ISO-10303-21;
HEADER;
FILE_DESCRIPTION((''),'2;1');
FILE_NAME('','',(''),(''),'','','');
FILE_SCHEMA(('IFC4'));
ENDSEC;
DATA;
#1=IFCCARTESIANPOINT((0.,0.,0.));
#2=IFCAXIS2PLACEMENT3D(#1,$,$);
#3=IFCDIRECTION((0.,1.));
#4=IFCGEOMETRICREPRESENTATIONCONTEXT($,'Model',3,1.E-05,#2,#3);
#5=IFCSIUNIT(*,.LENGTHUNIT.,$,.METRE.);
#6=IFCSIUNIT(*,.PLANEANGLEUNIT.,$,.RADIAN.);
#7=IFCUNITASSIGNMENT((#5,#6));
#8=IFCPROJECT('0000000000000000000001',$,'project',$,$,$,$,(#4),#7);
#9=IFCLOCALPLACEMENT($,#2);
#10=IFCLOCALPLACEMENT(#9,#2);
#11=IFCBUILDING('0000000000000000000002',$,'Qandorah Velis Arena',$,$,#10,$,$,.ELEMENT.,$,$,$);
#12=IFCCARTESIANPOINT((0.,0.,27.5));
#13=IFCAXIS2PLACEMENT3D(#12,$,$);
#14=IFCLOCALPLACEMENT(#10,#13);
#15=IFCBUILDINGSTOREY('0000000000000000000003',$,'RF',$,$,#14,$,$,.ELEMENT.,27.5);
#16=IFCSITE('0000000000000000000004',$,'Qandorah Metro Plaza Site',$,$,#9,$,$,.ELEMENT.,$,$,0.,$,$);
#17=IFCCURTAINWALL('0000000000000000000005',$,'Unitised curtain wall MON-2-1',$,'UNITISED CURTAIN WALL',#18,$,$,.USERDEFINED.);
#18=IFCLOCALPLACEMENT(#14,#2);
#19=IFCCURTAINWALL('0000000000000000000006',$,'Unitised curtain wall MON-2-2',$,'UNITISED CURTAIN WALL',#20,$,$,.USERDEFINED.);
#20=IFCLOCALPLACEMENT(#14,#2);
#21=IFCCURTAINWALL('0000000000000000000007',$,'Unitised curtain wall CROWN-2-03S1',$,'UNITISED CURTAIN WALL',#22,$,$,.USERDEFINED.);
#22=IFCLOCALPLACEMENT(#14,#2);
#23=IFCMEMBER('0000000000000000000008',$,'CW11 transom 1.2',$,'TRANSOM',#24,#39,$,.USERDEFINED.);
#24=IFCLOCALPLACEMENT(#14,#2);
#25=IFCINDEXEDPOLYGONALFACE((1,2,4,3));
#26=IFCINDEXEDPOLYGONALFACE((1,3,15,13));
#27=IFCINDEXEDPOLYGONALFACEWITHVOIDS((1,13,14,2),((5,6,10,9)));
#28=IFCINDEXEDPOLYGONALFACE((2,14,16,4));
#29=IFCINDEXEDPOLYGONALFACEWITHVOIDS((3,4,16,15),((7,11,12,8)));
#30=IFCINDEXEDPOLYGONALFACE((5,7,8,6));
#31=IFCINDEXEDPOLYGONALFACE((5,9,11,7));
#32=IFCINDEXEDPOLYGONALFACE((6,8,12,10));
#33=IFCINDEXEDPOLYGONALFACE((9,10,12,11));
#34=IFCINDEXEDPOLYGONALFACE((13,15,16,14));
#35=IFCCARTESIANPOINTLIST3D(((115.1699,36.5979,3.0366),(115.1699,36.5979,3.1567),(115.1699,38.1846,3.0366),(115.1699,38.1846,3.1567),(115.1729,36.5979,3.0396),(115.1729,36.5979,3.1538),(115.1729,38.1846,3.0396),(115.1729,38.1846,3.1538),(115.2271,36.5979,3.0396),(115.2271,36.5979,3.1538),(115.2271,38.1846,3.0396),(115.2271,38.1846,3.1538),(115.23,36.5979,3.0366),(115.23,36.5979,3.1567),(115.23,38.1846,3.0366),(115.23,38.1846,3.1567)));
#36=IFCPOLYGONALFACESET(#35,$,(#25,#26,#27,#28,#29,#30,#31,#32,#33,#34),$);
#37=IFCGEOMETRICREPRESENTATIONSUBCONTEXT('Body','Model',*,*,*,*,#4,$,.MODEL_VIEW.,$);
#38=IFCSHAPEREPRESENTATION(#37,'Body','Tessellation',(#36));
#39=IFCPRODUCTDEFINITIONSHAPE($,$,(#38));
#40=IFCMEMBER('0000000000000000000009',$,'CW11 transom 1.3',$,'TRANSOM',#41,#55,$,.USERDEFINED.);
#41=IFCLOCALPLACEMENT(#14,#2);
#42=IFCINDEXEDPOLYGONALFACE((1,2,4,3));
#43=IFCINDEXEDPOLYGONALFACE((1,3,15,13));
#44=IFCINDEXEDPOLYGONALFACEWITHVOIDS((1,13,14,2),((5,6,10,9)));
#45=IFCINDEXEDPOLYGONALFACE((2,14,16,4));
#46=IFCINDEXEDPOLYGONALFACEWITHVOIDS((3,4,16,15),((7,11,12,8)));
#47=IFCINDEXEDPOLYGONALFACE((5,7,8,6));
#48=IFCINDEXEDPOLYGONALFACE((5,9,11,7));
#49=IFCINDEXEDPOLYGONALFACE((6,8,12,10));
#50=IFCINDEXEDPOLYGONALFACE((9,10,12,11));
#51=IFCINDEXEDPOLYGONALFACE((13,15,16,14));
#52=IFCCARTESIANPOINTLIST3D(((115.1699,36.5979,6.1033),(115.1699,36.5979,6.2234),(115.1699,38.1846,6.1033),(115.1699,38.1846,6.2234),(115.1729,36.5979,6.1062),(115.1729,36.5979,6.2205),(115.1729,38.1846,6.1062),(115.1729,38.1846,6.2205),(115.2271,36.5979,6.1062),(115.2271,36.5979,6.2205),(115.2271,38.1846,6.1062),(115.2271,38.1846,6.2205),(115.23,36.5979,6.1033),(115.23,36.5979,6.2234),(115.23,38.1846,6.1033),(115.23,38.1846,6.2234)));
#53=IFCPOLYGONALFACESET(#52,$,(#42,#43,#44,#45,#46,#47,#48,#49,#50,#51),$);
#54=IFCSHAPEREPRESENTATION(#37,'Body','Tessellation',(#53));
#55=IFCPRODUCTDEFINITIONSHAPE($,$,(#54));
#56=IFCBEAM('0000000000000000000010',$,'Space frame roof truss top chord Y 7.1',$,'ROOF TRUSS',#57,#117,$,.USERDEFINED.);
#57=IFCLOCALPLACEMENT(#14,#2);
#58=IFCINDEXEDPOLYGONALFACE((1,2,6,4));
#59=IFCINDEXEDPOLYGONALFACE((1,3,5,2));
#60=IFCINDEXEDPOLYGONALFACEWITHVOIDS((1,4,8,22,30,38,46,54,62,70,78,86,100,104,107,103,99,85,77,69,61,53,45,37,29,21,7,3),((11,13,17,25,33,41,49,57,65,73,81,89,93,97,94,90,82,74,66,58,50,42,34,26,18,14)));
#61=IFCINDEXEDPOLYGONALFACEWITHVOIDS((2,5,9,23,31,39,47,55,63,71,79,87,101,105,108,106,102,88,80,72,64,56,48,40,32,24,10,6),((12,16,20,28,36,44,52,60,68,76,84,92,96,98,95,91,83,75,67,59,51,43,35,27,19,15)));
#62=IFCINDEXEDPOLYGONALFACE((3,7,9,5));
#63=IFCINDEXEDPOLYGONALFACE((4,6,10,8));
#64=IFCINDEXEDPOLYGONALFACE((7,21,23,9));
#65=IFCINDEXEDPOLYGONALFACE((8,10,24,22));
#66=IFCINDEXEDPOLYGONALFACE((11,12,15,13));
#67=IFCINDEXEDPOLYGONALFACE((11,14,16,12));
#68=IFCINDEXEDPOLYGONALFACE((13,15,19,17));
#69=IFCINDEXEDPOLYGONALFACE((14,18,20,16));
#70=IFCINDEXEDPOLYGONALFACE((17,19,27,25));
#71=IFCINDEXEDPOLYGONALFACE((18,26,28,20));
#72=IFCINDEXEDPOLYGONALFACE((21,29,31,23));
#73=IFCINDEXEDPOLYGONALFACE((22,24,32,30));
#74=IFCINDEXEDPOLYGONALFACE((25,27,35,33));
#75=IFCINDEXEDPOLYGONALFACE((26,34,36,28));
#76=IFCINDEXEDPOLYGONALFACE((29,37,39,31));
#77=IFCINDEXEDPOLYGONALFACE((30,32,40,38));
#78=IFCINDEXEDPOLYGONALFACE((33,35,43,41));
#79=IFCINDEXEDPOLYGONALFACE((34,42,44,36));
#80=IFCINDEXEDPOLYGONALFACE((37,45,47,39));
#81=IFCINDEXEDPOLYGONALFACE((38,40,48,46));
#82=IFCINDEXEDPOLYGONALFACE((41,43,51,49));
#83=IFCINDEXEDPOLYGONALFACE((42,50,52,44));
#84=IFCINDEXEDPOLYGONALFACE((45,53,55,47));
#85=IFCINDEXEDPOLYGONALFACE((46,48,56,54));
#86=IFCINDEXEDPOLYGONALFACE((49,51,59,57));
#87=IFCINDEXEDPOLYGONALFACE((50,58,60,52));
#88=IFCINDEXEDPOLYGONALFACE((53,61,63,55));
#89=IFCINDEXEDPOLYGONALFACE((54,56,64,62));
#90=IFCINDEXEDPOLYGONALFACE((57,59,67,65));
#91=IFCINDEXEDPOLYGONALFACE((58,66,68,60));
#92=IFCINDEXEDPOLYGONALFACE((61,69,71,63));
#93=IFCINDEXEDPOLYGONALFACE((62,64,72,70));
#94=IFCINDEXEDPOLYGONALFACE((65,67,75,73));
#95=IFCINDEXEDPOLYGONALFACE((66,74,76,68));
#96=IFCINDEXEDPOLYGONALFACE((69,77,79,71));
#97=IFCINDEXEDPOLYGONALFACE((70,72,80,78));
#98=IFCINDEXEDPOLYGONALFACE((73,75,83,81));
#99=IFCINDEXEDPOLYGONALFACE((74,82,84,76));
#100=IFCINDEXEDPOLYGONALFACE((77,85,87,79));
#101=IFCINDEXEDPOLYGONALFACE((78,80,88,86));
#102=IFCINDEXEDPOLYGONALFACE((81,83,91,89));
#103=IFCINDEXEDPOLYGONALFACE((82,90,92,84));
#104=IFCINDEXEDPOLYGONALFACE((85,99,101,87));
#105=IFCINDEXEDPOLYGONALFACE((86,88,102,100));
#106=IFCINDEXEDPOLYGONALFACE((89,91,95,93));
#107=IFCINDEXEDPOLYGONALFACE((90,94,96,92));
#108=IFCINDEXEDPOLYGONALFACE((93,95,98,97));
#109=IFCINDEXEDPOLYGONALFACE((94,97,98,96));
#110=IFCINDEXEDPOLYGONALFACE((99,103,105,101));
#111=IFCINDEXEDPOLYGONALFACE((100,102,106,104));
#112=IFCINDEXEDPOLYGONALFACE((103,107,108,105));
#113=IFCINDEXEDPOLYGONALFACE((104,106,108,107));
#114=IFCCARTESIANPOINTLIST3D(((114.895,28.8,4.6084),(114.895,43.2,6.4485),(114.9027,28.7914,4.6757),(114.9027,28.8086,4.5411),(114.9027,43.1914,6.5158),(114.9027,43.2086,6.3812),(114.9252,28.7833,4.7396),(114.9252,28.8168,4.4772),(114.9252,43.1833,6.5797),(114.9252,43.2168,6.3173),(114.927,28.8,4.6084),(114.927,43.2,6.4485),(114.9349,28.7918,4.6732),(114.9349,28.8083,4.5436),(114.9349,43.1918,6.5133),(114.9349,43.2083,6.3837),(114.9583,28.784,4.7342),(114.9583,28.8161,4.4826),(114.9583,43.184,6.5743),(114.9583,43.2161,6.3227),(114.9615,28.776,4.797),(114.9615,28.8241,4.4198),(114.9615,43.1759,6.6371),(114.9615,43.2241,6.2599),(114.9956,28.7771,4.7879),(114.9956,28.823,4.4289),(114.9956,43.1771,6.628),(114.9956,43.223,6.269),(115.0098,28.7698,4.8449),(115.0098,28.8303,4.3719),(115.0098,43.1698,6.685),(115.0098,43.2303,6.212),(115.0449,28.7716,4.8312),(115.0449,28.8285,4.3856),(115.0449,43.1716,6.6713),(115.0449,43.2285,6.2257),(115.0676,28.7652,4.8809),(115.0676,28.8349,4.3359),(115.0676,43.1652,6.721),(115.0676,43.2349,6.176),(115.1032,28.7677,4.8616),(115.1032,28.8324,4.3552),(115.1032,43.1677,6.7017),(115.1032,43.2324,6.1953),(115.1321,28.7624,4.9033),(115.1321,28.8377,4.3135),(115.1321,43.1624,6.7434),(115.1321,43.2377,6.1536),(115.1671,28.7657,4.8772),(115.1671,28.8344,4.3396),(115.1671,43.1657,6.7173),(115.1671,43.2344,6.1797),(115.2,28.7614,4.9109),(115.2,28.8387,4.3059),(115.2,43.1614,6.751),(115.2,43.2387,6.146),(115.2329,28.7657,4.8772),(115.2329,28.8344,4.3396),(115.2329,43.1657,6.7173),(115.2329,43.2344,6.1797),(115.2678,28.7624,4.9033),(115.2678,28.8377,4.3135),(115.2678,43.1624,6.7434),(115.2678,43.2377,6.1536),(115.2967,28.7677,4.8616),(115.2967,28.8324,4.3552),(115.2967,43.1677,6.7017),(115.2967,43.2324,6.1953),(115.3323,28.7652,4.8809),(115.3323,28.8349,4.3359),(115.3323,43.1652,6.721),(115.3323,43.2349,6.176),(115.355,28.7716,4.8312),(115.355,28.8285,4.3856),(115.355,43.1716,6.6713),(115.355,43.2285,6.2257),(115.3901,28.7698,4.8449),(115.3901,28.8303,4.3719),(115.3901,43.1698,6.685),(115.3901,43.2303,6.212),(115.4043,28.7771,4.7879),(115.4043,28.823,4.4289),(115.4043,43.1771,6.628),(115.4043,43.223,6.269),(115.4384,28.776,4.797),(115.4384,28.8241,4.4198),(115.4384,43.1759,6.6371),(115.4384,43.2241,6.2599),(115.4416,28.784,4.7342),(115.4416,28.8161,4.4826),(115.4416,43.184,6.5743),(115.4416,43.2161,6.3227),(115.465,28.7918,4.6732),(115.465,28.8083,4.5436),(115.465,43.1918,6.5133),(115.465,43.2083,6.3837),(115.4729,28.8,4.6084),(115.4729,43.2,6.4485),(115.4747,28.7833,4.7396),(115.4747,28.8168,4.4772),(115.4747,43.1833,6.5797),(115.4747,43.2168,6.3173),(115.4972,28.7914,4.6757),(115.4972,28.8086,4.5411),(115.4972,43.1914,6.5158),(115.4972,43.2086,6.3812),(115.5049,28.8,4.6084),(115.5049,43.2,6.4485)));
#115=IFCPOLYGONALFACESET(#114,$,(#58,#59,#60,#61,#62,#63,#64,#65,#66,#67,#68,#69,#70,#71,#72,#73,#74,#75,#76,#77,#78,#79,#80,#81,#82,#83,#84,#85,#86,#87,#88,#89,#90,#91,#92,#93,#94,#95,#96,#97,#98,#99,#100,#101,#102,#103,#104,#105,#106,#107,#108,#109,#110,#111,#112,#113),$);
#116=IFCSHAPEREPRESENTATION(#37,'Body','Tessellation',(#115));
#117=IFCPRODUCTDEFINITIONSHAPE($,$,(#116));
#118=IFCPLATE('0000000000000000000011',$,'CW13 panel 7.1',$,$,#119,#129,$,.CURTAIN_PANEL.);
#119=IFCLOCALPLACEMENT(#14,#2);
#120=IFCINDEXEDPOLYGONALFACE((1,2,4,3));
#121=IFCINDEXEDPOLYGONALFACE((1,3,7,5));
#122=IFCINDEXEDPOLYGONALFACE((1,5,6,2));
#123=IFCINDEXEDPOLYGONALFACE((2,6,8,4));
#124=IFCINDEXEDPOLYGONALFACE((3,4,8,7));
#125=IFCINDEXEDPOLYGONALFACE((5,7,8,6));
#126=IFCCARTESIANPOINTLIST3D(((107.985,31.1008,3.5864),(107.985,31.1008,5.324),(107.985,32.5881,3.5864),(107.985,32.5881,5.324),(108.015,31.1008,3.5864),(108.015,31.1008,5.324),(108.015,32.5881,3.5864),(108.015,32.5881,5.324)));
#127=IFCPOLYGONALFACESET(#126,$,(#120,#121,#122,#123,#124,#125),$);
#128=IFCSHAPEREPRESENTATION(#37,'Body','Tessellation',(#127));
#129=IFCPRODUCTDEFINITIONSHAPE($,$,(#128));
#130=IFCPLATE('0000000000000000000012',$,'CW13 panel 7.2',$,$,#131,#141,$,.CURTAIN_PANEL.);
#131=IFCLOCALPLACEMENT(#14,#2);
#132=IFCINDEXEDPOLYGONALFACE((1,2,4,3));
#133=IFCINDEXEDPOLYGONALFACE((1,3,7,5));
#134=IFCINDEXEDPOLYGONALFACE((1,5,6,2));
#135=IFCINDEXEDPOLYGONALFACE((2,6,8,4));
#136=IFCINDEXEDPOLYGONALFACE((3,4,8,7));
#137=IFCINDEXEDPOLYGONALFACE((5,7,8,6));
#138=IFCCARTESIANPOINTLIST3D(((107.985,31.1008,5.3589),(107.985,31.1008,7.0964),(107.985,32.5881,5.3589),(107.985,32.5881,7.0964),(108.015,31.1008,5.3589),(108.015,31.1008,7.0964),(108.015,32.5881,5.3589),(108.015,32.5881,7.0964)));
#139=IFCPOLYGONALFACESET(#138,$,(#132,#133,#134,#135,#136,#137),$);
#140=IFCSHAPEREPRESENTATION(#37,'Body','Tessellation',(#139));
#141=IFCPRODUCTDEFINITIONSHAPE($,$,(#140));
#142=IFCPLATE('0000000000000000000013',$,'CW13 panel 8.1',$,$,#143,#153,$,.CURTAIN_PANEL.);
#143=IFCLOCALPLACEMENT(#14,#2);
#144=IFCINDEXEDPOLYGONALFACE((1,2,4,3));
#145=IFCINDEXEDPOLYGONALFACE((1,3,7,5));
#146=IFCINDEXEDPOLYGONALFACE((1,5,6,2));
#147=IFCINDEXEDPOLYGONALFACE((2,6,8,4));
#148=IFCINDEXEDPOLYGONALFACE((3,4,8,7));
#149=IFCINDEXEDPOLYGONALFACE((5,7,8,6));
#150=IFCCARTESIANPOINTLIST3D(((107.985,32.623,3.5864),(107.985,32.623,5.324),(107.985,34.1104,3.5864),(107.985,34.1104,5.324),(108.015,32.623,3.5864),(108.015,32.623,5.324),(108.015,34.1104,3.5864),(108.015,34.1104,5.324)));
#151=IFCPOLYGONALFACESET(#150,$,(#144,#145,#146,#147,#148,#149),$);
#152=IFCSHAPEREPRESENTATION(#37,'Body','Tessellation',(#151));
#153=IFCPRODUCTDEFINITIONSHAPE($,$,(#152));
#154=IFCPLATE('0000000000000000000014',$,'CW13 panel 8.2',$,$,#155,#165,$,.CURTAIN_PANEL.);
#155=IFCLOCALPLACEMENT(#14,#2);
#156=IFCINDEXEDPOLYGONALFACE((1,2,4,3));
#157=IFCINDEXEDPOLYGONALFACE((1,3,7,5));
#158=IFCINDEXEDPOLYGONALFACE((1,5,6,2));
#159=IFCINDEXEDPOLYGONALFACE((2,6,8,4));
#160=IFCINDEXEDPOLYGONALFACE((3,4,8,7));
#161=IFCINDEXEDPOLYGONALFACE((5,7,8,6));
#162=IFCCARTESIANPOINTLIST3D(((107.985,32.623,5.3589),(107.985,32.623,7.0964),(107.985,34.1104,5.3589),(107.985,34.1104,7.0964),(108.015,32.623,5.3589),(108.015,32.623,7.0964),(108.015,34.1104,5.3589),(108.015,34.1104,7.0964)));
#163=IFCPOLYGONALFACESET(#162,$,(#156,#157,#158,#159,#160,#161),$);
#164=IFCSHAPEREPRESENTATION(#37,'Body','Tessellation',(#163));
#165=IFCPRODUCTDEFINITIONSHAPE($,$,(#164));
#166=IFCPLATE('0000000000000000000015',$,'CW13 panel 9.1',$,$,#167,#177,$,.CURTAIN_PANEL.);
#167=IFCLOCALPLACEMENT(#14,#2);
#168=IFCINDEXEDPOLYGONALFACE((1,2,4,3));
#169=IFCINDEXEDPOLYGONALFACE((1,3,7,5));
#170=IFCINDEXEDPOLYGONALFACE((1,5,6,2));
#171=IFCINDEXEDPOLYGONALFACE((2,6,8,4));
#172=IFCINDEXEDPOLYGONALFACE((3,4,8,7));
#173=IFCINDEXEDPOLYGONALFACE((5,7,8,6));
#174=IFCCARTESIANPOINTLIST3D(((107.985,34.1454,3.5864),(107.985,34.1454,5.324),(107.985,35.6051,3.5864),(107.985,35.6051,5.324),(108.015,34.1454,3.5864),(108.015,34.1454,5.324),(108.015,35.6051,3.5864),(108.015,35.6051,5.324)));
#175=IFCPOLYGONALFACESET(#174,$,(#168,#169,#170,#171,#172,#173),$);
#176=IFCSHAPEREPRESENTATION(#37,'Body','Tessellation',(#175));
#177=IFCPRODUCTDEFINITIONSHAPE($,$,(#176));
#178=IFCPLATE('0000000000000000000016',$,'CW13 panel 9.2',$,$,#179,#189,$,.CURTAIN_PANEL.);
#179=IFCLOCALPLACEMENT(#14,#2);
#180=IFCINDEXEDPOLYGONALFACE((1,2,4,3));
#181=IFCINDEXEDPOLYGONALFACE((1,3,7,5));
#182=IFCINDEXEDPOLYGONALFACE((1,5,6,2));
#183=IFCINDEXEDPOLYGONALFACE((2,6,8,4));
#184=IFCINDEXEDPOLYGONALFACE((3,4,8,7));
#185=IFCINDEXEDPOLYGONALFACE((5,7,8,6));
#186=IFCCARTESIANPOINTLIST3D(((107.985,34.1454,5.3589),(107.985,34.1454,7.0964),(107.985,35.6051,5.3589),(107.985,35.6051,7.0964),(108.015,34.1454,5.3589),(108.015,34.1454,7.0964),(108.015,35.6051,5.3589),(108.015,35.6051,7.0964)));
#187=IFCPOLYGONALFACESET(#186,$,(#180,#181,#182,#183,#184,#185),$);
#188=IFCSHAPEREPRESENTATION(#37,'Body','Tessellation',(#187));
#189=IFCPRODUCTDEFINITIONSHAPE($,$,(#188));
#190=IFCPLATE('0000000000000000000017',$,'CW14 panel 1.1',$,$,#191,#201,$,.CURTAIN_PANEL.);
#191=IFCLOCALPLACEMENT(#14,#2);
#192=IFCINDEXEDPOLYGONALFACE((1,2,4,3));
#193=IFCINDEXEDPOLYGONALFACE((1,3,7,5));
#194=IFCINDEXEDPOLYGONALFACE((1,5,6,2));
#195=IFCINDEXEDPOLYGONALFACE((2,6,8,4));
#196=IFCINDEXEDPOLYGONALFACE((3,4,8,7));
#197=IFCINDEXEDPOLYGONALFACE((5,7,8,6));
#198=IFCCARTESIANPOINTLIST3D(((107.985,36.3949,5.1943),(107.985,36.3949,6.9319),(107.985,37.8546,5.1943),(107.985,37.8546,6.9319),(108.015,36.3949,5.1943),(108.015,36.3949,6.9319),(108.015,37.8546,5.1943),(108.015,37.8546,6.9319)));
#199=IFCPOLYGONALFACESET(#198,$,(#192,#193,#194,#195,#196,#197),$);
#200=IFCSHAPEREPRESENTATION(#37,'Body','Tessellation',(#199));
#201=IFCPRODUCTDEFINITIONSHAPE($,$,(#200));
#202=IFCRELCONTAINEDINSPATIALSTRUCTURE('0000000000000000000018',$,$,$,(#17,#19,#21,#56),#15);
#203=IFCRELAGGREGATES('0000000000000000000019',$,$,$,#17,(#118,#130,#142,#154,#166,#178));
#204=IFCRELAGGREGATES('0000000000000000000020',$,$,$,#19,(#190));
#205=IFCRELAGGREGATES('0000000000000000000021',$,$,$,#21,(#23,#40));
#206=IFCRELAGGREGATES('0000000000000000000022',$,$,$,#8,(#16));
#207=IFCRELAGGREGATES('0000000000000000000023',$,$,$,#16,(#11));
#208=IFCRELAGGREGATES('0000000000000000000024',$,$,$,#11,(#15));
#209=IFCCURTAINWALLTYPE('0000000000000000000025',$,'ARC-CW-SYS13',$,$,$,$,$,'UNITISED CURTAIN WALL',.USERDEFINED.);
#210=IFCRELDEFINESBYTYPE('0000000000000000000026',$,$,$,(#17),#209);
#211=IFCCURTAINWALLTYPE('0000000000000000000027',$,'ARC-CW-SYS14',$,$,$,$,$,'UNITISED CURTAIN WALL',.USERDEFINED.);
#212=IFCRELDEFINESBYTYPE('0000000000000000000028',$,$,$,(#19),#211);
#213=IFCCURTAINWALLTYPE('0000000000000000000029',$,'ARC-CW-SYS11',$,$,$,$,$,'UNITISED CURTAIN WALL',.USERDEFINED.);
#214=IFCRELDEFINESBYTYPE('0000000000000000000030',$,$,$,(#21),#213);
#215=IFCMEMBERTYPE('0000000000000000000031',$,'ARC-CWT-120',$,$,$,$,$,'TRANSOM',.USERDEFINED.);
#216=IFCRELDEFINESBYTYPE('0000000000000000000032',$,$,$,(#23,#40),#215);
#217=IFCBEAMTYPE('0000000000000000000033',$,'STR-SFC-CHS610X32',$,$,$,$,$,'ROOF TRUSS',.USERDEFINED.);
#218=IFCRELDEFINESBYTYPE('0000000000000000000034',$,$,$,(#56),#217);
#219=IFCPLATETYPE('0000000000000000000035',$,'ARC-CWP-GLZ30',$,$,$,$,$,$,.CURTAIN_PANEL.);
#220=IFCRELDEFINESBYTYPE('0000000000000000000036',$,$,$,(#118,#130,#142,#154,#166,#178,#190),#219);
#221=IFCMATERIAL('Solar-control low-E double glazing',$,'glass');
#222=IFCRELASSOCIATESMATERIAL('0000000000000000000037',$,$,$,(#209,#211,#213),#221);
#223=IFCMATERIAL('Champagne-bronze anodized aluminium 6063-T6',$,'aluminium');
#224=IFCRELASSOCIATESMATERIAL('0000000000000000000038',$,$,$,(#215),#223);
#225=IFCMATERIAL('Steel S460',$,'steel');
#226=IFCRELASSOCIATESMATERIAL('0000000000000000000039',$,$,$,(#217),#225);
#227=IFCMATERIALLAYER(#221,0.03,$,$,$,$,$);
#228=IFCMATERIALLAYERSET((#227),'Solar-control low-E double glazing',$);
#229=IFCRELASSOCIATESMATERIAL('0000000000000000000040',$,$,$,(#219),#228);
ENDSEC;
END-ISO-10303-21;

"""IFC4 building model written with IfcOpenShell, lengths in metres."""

from ifc_helpers import new_model, si_unit, direction, frame, origin, origin_2d, place, context, subcontext, project, spatial, rectangle, hollow_rectangle, hollow_circle, extrude, material, layer, layer_set, material_profile, profile_set, type_object, element, aggregate, save


model = new_model("IFC4")

# Units and contexts
model_context = context("Model", 3, precision=1e-05, world=origin(), true_north=direction((0.0, 1.0)))
body_context = subcontext(model_context, "Body", "Model", "MODEL_VIEW")
ifc_project = project(units=[si_unit("LENGTHUNIT", "METRE"), si_unit("PLANEANGLEUNIT", "RADIAN")], contexts=[model_context])

# Site, building, storey
site_placement = place(None, origin())
site = spatial("IfcSite", under=ifc_project, at=site_placement, Name="Qandorah Metro Plaza Site", CompositionType="ELEMENT", RefElevation=0.0)
building_placement = place(site_placement, origin())
building = spatial("IfcBuilding", under=site, at=building_placement, Name="Qandorah Velis Arena", CompositionType="ELEMENT")
storey_placement = place(building_placement, frame((0.0, 0.0, 27.5)))
storey = spatial("IfcBuildingStorey", under=building, at=storey_placement, Name="RF", CompositionType="ELEMENT", Elevation=27.5)

# Curtain walls
ifc_material_1 = material(Name="Solar-control low-E double glazing", Category="glass")
curtain_wall_type_1 = type_object("IfcCurtainWallType", Name="ARC-CW-SYS13", ElementType="UNITISED CURTAIN WALL", PredefinedType="USERDEFINED", material=ifc_material_1)
curtain_wall_1_placement = place(storey_placement, origin())
curtain_wall_1 = element("IfcCurtainWall", 1, at=curtain_wall_1_placement, inside=storey, type_object=curtain_wall_type_1, Name="Unitised curtain wall MON-2-1", ObjectType="UNITISED CURTAIN WALL", PredefinedType="USERDEFINED")
ifc_material_2 = material(Name="Champagne-bronze anodized aluminium 6063-T6", Category="aluminium")
curtain_wall_type_2 = type_object("IfcCurtainWallType", Name="ARC-CW-SYS14", ElementType="UNITISED CURTAIN WALL", PredefinedType="USERDEFINED", material=ifc_material_1)
curtain_wall_2_placement = place(storey_placement, origin())
curtain_wall_2 = element("IfcCurtainWall", 2, at=curtain_wall_2_placement, inside=storey, type_object=curtain_wall_type_2, Name="Unitised curtain wall MON-2-2", ObjectType="UNITISED CURTAIN WALL", PredefinedType="USERDEFINED")

# Curtain wall, members
ifc_material_profile_1 = material_profile(ifc_material_2, hollow_rectangle(XDim=0.0601, YDim=0.1201, WallThickness=0.0029, at=origin_2d()), Name="ALU TRANSOM 60x120")
ifc_profile_set_1 = profile_set([ifc_material_profile_1], Name="Champagne-bronze anodized aluminium 6063-T6")
member_type_1 = type_object("IfcMemberType", Name="ARC-CWT-120", ElementType="TRANSOM", PredefinedType="USERDEFINED", material=ifc_profile_set_1)
curtain_wall_type_3 = type_object("IfcCurtainWallType", Name="ARC-CW-SYS11", ElementType="UNITISED CURTAIN WALL", PredefinedType="USERDEFINED", material=ifc_material_1)
curtain_wall_3_placement = place(storey_placement, origin())
curtain_wall_3 = element("IfcCurtainWall", 3, at=curtain_wall_3_placement, inside=storey, type_object=curtain_wall_type_3, Name="Unitised curtain wall CROWN-2-03S1", ObjectType="UNITISED CURTAIN WALL", PredefinedType="USERDEFINED")
member_1_placement = place(storey_placement, frame((115.2, 36.5979, 3.0967), z_axis=(0.0, 1.0, 0.0), x_axis=(-1.0, 0.0, 0.0)))
member_1 = element("IfcMember", 4, at=member_1_placement, type_object=member_type_1, Name="CW11 transom 1.2", ObjectType="TRANSOM", PredefinedType="USERDEFINED", context=body_context, shape_type="SweptSolid", body=[
    extrude(hollow_rectangle(XDim=0.0601, YDim=0.1201, WallThickness=0.0029, at=origin_2d()), origin(), (0.0, 0.0, 1.0), 1.5867),
])
member_2_placement = place(storey_placement, frame((115.2, 36.5979, 6.1633), z_axis=(0.0, 1.0, 0.0), x_axis=(-1.0, 0.0, 0.0)))
member_2 = element("IfcMember", 5, at=member_2_placement, type_object=member_type_1, Name="CW11 transom 1.3", ObjectType="TRANSOM", PredefinedType="USERDEFINED", context=body_context, shape_type="SweptSolid", body=[
    extrude(hollow_rectangle(XDim=0.0601, YDim=0.1201, WallThickness=0.0029, at=origin_2d()), origin(), (0.0, 0.0, 1.0), 1.5867),
])

# Beam
ifc_material_3 = material(Name="Steel S460", Category="steel")
ifc_material_profile_2 = material_profile(ifc_material_3, hollow_circle(Radius=0.3049, WallThickness=0.032, at=origin_2d()), Name="CHS 610x32")
ifc_profile_set_2 = profile_set([ifc_material_profile_2], Name="Steel S460")
beam_type = type_object("IfcBeamType", Name="STR-SFC-CHS610X32", ElementType="ROOF TRUSS", PredefinedType="USERDEFINED", material=ifc_profile_set_2)
beam_placement = place(storey_placement, frame((115.2, 28.8, 4.6084), z_axis=(0.0, 0.991934, 0.126754), x_axis=(-1.0, 0.0, 0.0)))
element("IfcBeam", 6, at=beam_placement, inside=storey, type_object=beam_type, Name="Space frame roof truss top chord Y 7.1", ObjectType="ROOF TRUSS", PredefinedType="USERDEFINED", context=body_context, shape_type="SweptSolid", body=[
    extrude(hollow_circle(Radius=0.3049, WallThickness=0.032, at=origin_2d()), origin(), (0.0, 0.0, 1.0), 14.5171),
])

# Plates
ifc_layer_1 = layer(ifc_material_1, 0.03)
ifc_layer_set_1 = layer_set([ifc_layer_1], Name="Solar-control low-E double glazing")
plate_type_1 = type_object("IfcPlateType", Name="ARC-CWP-GLZ30", PredefinedType="CURTAIN_PANEL", material=ifc_layer_set_1)
plate_1_placement = place(storey_placement, frame((108.0, 31.8445, 3.5864), z_axis=(0.0, 0.0, 1.0), x_axis=(0.0, 1.0, 0.0)))
plate_1 = element("IfcPlate", 7, at=plate_1_placement, type_object=plate_type_1, Name="CW13 panel 7.1", PredefinedType="CURTAIN_PANEL", context=body_context, shape_type="SweptSolid", body=[
    extrude(rectangle(XDim=1.4873, YDim=0.03, at=origin_2d()), origin(), (0.0, 0.0, 1.0), 1.7375),
])
plate_2_placement = place(storey_placement, frame((108.0, 31.8445, 5.3589), z_axis=(0.0, 0.0, 1.0), x_axis=(0.0, 1.0, 0.0)))
plate_2 = element("IfcPlate", 8, at=plate_2_placement, type_object=plate_type_1, Name="CW13 panel 7.2", PredefinedType="CURTAIN_PANEL", context=body_context, shape_type="SweptSolid", body=[
    extrude(rectangle(XDim=1.4873, YDim=0.03, at=origin_2d()), origin(), (0.0, 0.0, 1.0), 1.7375),
])
plate_3_placement = place(storey_placement, frame((108.0, 33.3667, 3.5864), z_axis=(0.0, 0.0, 1.0), x_axis=(0.0, 1.0, 0.0)))
plate_3 = element("IfcPlate", 9, at=plate_3_placement, type_object=plate_type_1, Name="CW13 panel 8.1", PredefinedType="CURTAIN_PANEL", context=body_context, shape_type="SweptSolid", body=[
    extrude(rectangle(XDim=1.4873, YDim=0.03, at=origin_2d()), origin(), (0.0, 0.0, 1.0), 1.7375),
])
plate_4_placement = place(storey_placement, frame((108.0, 33.3667, 5.3589), z_axis=(0.0, 0.0, 1.0), x_axis=(0.0, 1.0, 0.0)))
plate_4 = element("IfcPlate", 10, at=plate_4_placement, type_object=plate_type_1, Name="CW13 panel 8.2", PredefinedType="CURTAIN_PANEL", context=body_context, shape_type="SweptSolid", body=[
    extrude(rectangle(XDim=1.4873, YDim=0.03, at=origin_2d()), origin(), (0.0, 0.0, 1.0), 1.7375),
])
plate_5_placement = place(storey_placement, frame((108.0, 34.8752, 3.5864), z_axis=(0.0, 0.0, 1.0), x_axis=(0.0, 1.0, 0.0)))
plate_5 = element("IfcPlate", 11, at=plate_5_placement, type_object=plate_type_1, Name="CW13 panel 9.1", PredefinedType="CURTAIN_PANEL", context=body_context, shape_type="SweptSolid", body=[
    extrude(rectangle(XDim=1.4597, YDim=0.03, at=origin_2d()), origin(), (0.0, 0.0, 1.0), 1.7375),
])
plate_6_placement = place(storey_placement, frame((108.0, 34.8752, 5.3589), z_axis=(0.0, 0.0, 1.0), x_axis=(0.0, 1.0, 0.0)))
plate_6 = element("IfcPlate", 12, at=plate_6_placement, type_object=plate_type_1, Name="CW13 panel 9.2", PredefinedType="CURTAIN_PANEL", context=body_context, shape_type="SweptSolid", body=[
    extrude(rectangle(XDim=1.4597, YDim=0.03, at=origin_2d()), origin(), (0.0, 0.0, 1.0), 1.7375),
])
aggregate(curtain_wall_1, [plate_1, plate_2, plate_3, plate_4, plate_5, plate_6])
plate_7_placement = place(storey_placement, frame((108.0, 37.1248, 5.1943), z_axis=(0.0, 0.0, 1.0), x_axis=(0.0, 1.0, 0.0)))
plate_7 = element("IfcPlate", 13, at=plate_7_placement, type_object=plate_type_1, Name="CW14 panel 1.1", PredefinedType="CURTAIN_PANEL", context=body_context, shape_type="SweptSolid", body=[
    extrude(rectangle(XDim=1.4597, YDim=0.03, at=origin_2d()), origin(), (0.0, 0.0, 1.0), 1.7375),
])
aggregate(curtain_wall_2, [plate_7])
aggregate(curtain_wall_3, [member_1, member_2])

save(model, "model.ifc")
